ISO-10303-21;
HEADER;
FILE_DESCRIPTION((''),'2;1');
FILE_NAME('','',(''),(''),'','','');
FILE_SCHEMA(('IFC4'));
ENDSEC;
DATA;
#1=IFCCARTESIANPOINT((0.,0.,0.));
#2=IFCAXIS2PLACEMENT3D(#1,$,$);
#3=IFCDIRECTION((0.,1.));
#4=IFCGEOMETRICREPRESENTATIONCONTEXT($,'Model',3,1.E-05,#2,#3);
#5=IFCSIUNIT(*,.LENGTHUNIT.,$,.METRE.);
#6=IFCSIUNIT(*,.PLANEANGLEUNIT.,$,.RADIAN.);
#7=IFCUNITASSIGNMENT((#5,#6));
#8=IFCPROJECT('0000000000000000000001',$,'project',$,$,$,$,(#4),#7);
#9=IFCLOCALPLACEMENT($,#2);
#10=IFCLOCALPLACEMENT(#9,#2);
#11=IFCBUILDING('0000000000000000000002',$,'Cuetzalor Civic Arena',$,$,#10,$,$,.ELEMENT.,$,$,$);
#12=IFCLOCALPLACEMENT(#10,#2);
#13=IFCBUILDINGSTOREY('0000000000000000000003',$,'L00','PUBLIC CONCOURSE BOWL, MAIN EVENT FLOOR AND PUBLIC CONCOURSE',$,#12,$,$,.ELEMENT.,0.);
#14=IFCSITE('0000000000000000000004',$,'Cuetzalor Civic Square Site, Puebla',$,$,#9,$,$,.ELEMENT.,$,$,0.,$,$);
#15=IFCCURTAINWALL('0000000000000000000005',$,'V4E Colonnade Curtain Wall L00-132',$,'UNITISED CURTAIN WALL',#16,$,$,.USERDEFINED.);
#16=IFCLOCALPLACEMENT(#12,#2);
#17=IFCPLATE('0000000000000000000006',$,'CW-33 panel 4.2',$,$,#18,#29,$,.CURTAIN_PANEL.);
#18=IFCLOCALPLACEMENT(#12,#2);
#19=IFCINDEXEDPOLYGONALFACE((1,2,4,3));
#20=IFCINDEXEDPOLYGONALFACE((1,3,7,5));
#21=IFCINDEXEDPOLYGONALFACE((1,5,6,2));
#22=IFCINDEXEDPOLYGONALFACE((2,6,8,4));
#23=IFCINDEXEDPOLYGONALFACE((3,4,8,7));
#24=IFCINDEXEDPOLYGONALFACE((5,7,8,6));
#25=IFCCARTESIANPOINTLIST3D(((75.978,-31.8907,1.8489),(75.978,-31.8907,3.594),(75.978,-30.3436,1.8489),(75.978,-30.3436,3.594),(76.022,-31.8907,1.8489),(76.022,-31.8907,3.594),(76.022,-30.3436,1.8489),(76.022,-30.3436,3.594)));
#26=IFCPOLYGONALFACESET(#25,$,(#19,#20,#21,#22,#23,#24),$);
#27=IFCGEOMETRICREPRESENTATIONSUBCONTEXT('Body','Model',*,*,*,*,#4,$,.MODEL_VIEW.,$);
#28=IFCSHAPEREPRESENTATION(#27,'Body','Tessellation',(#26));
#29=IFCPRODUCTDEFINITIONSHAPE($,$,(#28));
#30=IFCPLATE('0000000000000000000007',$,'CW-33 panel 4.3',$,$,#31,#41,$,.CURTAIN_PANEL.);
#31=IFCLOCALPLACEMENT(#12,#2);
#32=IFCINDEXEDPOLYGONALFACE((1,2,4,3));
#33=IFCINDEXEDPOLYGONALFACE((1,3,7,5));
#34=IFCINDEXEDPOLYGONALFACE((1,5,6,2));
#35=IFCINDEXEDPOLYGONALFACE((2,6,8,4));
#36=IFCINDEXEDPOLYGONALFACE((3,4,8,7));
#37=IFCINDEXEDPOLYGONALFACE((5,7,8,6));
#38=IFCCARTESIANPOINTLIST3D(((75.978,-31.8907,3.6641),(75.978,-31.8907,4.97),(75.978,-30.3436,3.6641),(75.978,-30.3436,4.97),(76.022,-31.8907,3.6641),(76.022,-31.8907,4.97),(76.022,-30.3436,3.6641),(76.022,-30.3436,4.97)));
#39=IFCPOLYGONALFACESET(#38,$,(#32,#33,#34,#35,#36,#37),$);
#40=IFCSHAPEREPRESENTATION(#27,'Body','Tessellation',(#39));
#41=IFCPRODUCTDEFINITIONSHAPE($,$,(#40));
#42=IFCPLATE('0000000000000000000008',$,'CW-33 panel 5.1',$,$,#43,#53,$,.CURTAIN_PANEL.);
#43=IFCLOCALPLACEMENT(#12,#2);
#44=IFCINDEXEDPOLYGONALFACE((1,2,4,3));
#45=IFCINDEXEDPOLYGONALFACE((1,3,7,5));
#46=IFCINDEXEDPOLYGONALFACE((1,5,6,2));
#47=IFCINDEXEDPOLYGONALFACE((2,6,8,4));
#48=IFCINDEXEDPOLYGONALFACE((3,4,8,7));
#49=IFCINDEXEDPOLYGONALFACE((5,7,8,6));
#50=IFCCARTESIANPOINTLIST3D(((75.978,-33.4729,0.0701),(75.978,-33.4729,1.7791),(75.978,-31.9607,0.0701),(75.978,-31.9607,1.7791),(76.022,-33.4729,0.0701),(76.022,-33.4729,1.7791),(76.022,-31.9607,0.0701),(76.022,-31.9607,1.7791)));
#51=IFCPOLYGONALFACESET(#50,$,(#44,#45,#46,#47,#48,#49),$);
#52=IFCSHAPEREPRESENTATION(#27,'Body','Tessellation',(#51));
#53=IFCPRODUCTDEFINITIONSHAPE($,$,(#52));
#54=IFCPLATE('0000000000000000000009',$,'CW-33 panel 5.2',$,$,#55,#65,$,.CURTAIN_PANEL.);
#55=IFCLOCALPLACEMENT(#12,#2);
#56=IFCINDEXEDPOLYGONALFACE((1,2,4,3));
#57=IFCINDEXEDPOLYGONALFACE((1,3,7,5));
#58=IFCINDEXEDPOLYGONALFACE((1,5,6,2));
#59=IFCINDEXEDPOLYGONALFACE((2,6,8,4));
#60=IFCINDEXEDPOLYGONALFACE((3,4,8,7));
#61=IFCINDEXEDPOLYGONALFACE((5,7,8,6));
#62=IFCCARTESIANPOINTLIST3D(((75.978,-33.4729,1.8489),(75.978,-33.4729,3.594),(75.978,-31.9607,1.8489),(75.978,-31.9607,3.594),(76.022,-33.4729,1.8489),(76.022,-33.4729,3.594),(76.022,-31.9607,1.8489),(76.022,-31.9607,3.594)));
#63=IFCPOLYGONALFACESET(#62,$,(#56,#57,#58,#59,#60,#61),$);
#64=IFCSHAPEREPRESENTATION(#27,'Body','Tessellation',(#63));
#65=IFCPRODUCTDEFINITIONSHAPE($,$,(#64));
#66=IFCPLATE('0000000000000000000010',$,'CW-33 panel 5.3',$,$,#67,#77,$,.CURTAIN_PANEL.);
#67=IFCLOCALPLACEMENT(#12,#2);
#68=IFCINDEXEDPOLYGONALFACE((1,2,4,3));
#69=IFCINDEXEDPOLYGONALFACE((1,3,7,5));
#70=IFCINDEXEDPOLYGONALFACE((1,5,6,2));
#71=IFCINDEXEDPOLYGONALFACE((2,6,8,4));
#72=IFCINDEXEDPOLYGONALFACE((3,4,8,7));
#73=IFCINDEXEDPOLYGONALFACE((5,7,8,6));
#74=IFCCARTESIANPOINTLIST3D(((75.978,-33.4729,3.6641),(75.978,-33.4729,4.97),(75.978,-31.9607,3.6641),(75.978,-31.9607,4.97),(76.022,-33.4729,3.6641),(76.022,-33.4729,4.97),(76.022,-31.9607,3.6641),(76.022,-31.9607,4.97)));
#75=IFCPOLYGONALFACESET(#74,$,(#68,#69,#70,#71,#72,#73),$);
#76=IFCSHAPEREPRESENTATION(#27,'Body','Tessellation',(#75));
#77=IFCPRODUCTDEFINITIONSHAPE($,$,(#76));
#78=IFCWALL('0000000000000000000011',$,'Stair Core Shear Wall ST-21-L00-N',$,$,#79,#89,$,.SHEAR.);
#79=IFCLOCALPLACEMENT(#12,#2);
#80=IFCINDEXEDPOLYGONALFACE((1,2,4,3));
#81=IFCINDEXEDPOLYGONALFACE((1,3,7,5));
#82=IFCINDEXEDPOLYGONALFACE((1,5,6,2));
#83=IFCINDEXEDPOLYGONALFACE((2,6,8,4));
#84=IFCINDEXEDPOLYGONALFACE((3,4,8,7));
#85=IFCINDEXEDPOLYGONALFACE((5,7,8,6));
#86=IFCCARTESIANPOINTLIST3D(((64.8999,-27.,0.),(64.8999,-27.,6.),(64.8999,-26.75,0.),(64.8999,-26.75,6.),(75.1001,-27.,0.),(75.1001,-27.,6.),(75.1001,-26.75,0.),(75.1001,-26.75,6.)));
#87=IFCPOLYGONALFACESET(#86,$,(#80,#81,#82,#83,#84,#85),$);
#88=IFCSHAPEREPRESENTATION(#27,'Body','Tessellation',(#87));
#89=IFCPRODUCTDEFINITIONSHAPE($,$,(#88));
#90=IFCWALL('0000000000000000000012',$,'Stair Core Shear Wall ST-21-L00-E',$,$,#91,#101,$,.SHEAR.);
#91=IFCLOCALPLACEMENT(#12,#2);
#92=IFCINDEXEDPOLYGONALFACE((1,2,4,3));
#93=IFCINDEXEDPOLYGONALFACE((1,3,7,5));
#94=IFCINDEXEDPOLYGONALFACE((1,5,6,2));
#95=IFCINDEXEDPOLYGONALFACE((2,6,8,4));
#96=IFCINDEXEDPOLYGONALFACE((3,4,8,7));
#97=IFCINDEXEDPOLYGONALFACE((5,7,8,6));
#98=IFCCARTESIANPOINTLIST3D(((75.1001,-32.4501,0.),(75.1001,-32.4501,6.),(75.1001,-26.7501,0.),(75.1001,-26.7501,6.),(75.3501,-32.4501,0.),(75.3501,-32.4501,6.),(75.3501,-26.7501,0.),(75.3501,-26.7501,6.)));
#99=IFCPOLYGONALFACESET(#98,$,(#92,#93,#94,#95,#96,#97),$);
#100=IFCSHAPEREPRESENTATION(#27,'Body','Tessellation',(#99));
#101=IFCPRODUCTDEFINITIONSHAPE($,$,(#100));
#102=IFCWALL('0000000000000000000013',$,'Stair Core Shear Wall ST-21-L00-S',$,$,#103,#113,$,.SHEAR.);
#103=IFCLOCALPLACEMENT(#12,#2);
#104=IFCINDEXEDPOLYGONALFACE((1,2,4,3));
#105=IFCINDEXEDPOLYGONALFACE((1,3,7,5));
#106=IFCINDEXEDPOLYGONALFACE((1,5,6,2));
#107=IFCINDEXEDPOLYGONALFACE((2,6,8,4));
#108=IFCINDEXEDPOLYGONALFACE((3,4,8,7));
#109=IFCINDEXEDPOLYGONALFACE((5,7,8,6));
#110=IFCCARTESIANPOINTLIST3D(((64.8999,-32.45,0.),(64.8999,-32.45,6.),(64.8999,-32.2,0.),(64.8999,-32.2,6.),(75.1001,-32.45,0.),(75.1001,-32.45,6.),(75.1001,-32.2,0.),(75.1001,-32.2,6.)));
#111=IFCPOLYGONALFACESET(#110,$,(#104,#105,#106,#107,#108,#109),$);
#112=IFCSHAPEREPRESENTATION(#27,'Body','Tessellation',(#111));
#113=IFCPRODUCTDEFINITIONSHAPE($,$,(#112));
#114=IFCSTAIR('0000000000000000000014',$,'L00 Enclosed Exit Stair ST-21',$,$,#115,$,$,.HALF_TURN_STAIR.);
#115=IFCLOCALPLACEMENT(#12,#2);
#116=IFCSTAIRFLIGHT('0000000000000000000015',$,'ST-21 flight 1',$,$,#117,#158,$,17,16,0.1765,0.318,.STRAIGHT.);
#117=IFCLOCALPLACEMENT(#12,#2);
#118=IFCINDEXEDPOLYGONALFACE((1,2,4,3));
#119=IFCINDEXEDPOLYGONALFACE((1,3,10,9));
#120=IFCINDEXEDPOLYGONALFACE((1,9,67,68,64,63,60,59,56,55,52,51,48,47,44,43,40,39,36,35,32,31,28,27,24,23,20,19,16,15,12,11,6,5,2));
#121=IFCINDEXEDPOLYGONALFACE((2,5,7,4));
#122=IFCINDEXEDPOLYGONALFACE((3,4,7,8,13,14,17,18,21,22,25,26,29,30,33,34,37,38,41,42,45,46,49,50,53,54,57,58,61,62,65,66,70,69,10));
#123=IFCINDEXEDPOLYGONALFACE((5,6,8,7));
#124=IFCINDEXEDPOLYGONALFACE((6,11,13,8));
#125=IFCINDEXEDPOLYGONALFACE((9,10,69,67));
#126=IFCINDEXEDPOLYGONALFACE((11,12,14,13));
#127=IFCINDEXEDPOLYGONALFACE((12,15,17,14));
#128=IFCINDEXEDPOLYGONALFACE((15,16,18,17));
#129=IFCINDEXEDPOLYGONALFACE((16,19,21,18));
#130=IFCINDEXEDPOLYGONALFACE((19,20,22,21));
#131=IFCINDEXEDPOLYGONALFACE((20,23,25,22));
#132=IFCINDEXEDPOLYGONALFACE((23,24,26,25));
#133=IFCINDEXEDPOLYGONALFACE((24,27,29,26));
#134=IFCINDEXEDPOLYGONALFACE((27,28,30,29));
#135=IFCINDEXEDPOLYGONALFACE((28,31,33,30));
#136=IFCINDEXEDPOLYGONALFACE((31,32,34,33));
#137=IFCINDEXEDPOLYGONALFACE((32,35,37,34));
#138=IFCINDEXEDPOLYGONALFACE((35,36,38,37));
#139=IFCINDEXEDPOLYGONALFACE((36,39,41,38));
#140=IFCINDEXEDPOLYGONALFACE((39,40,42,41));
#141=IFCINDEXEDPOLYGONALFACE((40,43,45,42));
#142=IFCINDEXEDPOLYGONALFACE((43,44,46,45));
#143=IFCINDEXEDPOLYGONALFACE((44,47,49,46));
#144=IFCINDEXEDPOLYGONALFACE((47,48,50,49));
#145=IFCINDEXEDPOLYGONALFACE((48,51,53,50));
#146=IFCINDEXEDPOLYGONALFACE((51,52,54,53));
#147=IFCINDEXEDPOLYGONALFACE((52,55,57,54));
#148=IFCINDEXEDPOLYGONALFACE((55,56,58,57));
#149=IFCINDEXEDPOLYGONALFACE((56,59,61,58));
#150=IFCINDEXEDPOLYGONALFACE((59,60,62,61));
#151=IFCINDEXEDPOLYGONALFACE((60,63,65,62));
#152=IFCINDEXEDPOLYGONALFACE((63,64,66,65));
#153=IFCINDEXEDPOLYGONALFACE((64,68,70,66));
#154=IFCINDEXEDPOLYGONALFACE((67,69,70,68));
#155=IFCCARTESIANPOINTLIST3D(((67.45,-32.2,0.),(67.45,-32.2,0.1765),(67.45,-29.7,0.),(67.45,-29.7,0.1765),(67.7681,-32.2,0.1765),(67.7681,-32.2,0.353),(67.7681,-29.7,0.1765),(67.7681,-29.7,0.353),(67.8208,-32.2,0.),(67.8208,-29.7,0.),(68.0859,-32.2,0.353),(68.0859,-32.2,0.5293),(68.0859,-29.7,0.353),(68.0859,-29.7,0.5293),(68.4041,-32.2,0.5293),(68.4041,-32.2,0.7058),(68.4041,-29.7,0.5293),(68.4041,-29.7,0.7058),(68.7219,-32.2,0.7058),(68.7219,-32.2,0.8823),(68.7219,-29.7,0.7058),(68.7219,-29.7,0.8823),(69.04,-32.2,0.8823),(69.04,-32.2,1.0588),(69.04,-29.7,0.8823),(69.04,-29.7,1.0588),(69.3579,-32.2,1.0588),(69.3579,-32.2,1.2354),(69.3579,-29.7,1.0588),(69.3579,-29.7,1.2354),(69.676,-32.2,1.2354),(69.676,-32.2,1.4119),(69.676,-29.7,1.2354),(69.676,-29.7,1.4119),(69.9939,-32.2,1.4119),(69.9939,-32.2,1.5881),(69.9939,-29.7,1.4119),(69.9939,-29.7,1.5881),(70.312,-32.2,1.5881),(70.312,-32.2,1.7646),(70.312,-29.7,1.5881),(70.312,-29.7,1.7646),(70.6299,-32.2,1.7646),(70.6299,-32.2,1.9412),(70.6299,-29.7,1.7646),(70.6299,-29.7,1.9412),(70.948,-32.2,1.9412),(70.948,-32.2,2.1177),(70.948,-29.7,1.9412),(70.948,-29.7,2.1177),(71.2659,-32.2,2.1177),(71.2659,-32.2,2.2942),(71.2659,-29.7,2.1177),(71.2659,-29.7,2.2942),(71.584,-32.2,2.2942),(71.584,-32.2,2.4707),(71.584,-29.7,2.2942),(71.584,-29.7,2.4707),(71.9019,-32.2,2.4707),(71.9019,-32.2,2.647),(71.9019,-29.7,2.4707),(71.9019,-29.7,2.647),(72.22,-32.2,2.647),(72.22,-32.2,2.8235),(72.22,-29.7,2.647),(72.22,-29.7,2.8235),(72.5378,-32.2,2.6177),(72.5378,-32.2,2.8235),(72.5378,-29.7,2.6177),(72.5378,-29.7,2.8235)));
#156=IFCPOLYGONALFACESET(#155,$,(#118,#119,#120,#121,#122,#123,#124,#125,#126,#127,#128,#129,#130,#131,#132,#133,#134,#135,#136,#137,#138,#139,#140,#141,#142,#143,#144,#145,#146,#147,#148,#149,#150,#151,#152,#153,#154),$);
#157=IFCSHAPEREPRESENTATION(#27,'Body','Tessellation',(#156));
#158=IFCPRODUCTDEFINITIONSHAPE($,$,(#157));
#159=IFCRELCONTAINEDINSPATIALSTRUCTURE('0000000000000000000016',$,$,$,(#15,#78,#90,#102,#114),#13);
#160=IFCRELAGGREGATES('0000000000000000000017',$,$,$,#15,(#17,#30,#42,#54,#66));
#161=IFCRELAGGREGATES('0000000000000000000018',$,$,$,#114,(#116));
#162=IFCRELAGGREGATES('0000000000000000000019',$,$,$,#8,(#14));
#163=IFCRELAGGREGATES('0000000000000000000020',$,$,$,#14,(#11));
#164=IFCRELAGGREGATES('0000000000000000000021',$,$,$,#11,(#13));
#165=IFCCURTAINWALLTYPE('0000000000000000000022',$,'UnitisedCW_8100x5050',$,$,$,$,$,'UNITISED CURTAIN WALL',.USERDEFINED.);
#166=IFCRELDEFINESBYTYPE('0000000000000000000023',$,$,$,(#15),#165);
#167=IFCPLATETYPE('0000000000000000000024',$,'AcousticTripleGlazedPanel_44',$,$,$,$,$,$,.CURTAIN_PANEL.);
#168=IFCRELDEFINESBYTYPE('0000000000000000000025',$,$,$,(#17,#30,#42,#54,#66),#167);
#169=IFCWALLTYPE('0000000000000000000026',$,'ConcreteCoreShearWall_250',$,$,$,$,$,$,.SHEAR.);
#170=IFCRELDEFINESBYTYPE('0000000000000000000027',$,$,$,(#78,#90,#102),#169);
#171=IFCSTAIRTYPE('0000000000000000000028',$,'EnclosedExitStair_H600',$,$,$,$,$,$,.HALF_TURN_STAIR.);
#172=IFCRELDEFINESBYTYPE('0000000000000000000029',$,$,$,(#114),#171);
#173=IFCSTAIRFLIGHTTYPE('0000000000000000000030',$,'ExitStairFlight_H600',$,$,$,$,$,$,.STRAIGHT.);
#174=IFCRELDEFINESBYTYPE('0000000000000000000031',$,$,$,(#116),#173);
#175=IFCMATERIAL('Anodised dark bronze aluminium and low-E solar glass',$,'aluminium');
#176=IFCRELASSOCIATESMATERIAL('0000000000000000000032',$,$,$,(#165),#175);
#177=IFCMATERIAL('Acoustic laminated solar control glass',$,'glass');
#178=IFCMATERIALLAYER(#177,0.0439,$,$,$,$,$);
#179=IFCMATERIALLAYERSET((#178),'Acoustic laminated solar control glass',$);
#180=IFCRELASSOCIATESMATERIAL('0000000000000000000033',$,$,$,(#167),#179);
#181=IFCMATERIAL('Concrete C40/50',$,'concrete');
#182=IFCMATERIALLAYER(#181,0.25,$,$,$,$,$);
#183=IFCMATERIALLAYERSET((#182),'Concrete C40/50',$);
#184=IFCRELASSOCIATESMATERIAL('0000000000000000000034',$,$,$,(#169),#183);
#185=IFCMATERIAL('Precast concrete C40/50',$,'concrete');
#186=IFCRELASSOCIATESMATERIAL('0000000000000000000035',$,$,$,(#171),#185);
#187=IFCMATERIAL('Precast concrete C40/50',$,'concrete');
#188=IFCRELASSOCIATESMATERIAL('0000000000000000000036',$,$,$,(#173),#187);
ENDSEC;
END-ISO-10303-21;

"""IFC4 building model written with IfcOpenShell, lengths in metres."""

from ifc_helpers import new_model, si_unit, direction, frame, frame_2d, origin, origin_2d, place, context, subcontext, project, spatial, polyline, rectangle, outline, extrude, material, layer, layer_set, type_object, element, aggregate, save


model = new_model("IFC4")

# Units and contexts
model_context = context("Model", 3, precision=1e-05, world=origin(), true_north=direction((0.0, 1.0)))
body_context = subcontext(model_context, "Body", "Model", "MODEL_VIEW")
ifc_project = project(units=[si_unit("LENGTHUNIT", "METRE"), si_unit("PLANEANGLEUNIT", "RADIAN")], contexts=[model_context])

# Site, building, storey
site_placement = place(None, origin())
site = spatial("IfcSite", under=ifc_project, at=site_placement, Name="Cuetzalor Civic Square Site, Puebla", CompositionType="ELEMENT", RefElevation=0.0)
building_placement = place(site_placement, origin())
building = spatial("IfcBuilding", under=site, at=building_placement, Name="Cuetzalor Civic Arena", CompositionType="ELEMENT")
storey_placement = place(building_placement, origin())
storey = spatial("IfcBuildingStorey", under=building, at=storey_placement, Name="L00", Description="PUBLIC CONCOURSE BOWL, MAIN EVENT FLOOR AND PUBLIC CONCOURSE", CompositionType="ELEMENT", Elevation=0.0)

# Curtain wall, plates
ifc_material_1 = material(Name="Anodised dark bronze aluminium and low-E solar glass", Category="aluminium")
curtain_wall_type = type_object("IfcCurtainWallType", Name="UnitisedCW_8100x5050", ElementType="UNITISED CURTAIN WALL", PredefinedType="USERDEFINED", material=ifc_material_1)
curtain_wall_placement = place(storey_placement, origin())
curtain_wall = element("IfcCurtainWall", 1, at=curtain_wall_placement, inside=storey, type_object=curtain_wall_type, Name="V4E Colonnade Curtain Wall L00-132", ObjectType="UNITISED CURTAIN WALL", PredefinedType="USERDEFINED")
ifc_material_2 = material(Name="Acoustic laminated solar control glass", Category="glass")
ifc_layer_1 = layer(ifc_material_2, 0.0439)
ifc_layer_set_1 = layer_set([ifc_layer_1], Name="Acoustic laminated solar control glass")
plate_type = type_object("IfcPlateType", Name="AcousticTripleGlazedPanel_44", PredefinedType="CURTAIN_PANEL", material=ifc_layer_set_1)
plate_1_placement = place(storey_placement, frame((76.0, -31.1172, 1.8489), z_axis=(0.0, 0.0, 1.0), x_axis=(0.0, -1.0, 0.0)))
plate_1 = element("IfcPlate", 2, at=plate_1_placement, type_object=plate_type, Name="CW-33 panel 4.2", PredefinedType="CURTAIN_PANEL", context=body_context, shape_type="SweptSolid", body=[
    extrude(rectangle(XDim=1.5471, YDim=0.0439, at=origin_2d()), origin(), (0.0, 0.0, 1.0), 1.7451),
])
plate_2_placement = place(storey_placement, frame((76.0, -31.1172, 3.6641), z_axis=(0.0, 0.0, 1.0), x_axis=(0.0, -1.0, 0.0)))
plate_2 = element("IfcPlate", 3, at=plate_2_placement, type_object=plate_type, Name="CW-33 panel 4.3", PredefinedType="CURTAIN_PANEL", context=body_context, shape_type="SweptSolid", body=[
    extrude(rectangle(XDim=1.5471, YDim=0.0439, at=origin_2d()), origin(), (0.0, 0.0, 1.0), 1.3059),
])
plate_3_placement = place(storey_placement, frame((76.0, -32.7168, 0.0701), z_axis=(0.0, 0.0, 1.0), x_axis=(0.0, -1.0, 0.0)))
plate_3 = element("IfcPlate", 4, at=plate_3_placement, type_object=plate_type, Name="CW-33 panel 5.1", PredefinedType="CURTAIN_PANEL", context=body_context, shape_type="SweptSolid", body=[
    extrude(rectangle(XDim=1.5122, YDim=0.0439, at=origin_2d()), origin(), (0.0, 0.0, 1.0), 1.709),
])
plate_4_placement = place(storey_placement, frame((76.0, -32.7168, 1.8489), z_axis=(0.0, 0.0, 1.0), x_axis=(0.0, -1.0, 0.0)))
plate_4 = element("IfcPlate", 5, at=plate_4_placement, type_object=plate_type, Name="CW-33 panel 5.2", PredefinedType="CURTAIN_PANEL", context=body_context, shape_type="SweptSolid", body=[
    extrude(rectangle(XDim=1.5122, YDim=0.0439, at=origin_2d()), origin(), (0.0, 0.0, 1.0), 1.7451),
])
plate_5_placement = place(storey_placement, frame((76.0, -32.7168, 3.6641), z_axis=(0.0, 0.0, 1.0), x_axis=(0.0, -1.0, 0.0)))
plate_5 = element("IfcPlate", 6, at=plate_5_placement, type_object=plate_type, Name="CW-33 panel 5.3", PredefinedType="CURTAIN_PANEL", context=body_context, shape_type="SweptSolid", body=[
    extrude(rectangle(XDim=1.5122, YDim=0.0439, at=origin_2d()), origin(), (0.0, 0.0, 1.0), 1.3059),
])
aggregate(curtain_wall, [plate_1, plate_2, plate_3, plate_4, plate_5])

# Walls
ifc_material_3 = material(Name="Concrete C40/50", Category="concrete")
ifc_layer_2 = layer(ifc_material_3, 0.25)
ifc_layer_set_2 = layer_set([ifc_layer_2], Name="Concrete C40/50")
wall_type = type_object("IfcWallType", Name="ConcreteCoreShearWall_250", PredefinedType="SHEAR", material=ifc_layer_set_2)
wall_1_placement = place(storey_placement, frame((64.8999, -26.875, 0.0), z_axis=(0.0, 0.0, 1.0), x_axis=(1.0, 0.0, 0.0)))
element("IfcWall", 7, at=wall_1_placement, inside=storey, type_object=wall_type, Name="Stair Core Shear Wall ST-21-L00-N", PredefinedType="SHEAR", context=body_context, shape_type="SweptSolid", body=[
    extrude(rectangle(XDim=10.2002, YDim=0.25, at=frame_2d((5.1001, 0.0))), origin(), (0.0, 0.0, 1.0), 6.0),
])
wall_2_placement = place(storey_placement, frame((75.2251, -26.75, 0.0), z_axis=(0.0, 0.0, 1.0), x_axis=(0.0, -1.0, 0.0)))
element("IfcWall", 8, at=wall_2_placement, inside=storey, type_object=wall_type, Name="Stair Core Shear Wall ST-21-L00-E", PredefinedType="SHEAR", context=body_context, shape_type="SweptSolid", body=[
    extrude(rectangle(XDim=5.7, YDim=0.25, at=frame_2d((2.8501, 0.0))), origin(), (0.0, 0.0, 1.0), 6.0),
])
wall_3_placement = place(storey_placement, frame((75.1001, -32.325, 0.0), z_axis=(0.0, 0.0, 1.0), x_axis=(-1.0, 0.0, 0.0)))
element("IfcWall", 9, at=wall_3_placement, inside=storey, type_object=wall_type, Name="Stair Core Shear Wall ST-21-L00-S", PredefinedType="SHEAR", context=body_context, shape_type="SweptSolid", body=[
    extrude(rectangle(XDim=10.2002, YDim=0.25, at=frame_2d((5.1001, 0.0))), origin(), (0.0, 0.0, 1.0), 6.0),
])

# Stair, stair flight
ifc_material_4 = material(Name="Precast concrete C40/50", Category="concrete")
stair_type = type_object("IfcStairType", Name="EnclosedExitStair_H600", PredefinedType="HALF_TURN_STAIR", material=ifc_material_4)
stair_placement = place(storey_placement, origin())
stair = element("IfcStair", 10, at=stair_placement, inside=storey, type_object=stair_type, Name="L00 Enclosed Exit Stair ST-21", PredefinedType="HALF_TURN_STAIR")
ifc_material_5 = material(Name="Precast concrete C40/50", Category="concrete")
stair_flight_type = type_object("IfcStairFlightType", Name="ExitStairFlight_H600", PredefinedType="STRAIGHT", material=ifc_material_5)
stair_flight_1_placement = place(storey_placement, frame((67.45, -30.95, 0.0), z_axis=(0.0, 0.0, 1.0), x_axis=(1.0, 0.0, 0.0)))
stair_flight_1 = element("IfcStairFlight", 11, at=stair_flight_1_placement, type_object=stair_flight_type, Name="ST-21 flight 1", NumberOfRisers=17, NumberOfTreads=16, PredefinedType="STRAIGHT", RiserHeight=0.1765, TreadLength=0.318, context=body_context, shape_type="SweptSolid", body=[
    extrude(outline(polyline([(0.0, 0.0), (0.0, 0.1765), (0.3181, 0.1765), (0.3181, 0.353), (0.636, 0.353), (0.636, 0.5293), (0.9541, 0.5293), (0.9541, 0.7058), (1.272, 0.7058), (1.272, 0.8823), (1.5901, 0.8823), (1.5901, 1.0588), (1.908, 1.0588), (1.908, 1.2354), (2.2261, 1.2354), (2.2261, 1.4119), (2.5439, 1.4119), (2.5439, 1.5881), (2.8621, 1.5881), (2.8621, 1.7646), (3.1799, 1.7646), (3.1799, 1.9412), (3.498, 1.9412), (3.498, 2.1177), (3.8159, 2.1177), (3.8159, 2.2942), (4.134, 2.2942), (4.134, 2.4707), (4.4519, 2.4707), (4.4519, 2.647), (4.77, 2.647), (4.77, 2.8235), (5.0879, 2.8235), (5.0879, 3.0), (5.0879, 2.6177), (0.3708, 0.0), (0.0, 0.0)])), frame((0.0, 1.25, 0.0), z_axis=(0.0, -1.0, 0.0), x_axis=(1.0, 0.0, 0.0)), (0.0, 0.0, 1.0), 2.5),
])
aggregate(stair, [stair_flight_1])

save(model, "model.ifc")
